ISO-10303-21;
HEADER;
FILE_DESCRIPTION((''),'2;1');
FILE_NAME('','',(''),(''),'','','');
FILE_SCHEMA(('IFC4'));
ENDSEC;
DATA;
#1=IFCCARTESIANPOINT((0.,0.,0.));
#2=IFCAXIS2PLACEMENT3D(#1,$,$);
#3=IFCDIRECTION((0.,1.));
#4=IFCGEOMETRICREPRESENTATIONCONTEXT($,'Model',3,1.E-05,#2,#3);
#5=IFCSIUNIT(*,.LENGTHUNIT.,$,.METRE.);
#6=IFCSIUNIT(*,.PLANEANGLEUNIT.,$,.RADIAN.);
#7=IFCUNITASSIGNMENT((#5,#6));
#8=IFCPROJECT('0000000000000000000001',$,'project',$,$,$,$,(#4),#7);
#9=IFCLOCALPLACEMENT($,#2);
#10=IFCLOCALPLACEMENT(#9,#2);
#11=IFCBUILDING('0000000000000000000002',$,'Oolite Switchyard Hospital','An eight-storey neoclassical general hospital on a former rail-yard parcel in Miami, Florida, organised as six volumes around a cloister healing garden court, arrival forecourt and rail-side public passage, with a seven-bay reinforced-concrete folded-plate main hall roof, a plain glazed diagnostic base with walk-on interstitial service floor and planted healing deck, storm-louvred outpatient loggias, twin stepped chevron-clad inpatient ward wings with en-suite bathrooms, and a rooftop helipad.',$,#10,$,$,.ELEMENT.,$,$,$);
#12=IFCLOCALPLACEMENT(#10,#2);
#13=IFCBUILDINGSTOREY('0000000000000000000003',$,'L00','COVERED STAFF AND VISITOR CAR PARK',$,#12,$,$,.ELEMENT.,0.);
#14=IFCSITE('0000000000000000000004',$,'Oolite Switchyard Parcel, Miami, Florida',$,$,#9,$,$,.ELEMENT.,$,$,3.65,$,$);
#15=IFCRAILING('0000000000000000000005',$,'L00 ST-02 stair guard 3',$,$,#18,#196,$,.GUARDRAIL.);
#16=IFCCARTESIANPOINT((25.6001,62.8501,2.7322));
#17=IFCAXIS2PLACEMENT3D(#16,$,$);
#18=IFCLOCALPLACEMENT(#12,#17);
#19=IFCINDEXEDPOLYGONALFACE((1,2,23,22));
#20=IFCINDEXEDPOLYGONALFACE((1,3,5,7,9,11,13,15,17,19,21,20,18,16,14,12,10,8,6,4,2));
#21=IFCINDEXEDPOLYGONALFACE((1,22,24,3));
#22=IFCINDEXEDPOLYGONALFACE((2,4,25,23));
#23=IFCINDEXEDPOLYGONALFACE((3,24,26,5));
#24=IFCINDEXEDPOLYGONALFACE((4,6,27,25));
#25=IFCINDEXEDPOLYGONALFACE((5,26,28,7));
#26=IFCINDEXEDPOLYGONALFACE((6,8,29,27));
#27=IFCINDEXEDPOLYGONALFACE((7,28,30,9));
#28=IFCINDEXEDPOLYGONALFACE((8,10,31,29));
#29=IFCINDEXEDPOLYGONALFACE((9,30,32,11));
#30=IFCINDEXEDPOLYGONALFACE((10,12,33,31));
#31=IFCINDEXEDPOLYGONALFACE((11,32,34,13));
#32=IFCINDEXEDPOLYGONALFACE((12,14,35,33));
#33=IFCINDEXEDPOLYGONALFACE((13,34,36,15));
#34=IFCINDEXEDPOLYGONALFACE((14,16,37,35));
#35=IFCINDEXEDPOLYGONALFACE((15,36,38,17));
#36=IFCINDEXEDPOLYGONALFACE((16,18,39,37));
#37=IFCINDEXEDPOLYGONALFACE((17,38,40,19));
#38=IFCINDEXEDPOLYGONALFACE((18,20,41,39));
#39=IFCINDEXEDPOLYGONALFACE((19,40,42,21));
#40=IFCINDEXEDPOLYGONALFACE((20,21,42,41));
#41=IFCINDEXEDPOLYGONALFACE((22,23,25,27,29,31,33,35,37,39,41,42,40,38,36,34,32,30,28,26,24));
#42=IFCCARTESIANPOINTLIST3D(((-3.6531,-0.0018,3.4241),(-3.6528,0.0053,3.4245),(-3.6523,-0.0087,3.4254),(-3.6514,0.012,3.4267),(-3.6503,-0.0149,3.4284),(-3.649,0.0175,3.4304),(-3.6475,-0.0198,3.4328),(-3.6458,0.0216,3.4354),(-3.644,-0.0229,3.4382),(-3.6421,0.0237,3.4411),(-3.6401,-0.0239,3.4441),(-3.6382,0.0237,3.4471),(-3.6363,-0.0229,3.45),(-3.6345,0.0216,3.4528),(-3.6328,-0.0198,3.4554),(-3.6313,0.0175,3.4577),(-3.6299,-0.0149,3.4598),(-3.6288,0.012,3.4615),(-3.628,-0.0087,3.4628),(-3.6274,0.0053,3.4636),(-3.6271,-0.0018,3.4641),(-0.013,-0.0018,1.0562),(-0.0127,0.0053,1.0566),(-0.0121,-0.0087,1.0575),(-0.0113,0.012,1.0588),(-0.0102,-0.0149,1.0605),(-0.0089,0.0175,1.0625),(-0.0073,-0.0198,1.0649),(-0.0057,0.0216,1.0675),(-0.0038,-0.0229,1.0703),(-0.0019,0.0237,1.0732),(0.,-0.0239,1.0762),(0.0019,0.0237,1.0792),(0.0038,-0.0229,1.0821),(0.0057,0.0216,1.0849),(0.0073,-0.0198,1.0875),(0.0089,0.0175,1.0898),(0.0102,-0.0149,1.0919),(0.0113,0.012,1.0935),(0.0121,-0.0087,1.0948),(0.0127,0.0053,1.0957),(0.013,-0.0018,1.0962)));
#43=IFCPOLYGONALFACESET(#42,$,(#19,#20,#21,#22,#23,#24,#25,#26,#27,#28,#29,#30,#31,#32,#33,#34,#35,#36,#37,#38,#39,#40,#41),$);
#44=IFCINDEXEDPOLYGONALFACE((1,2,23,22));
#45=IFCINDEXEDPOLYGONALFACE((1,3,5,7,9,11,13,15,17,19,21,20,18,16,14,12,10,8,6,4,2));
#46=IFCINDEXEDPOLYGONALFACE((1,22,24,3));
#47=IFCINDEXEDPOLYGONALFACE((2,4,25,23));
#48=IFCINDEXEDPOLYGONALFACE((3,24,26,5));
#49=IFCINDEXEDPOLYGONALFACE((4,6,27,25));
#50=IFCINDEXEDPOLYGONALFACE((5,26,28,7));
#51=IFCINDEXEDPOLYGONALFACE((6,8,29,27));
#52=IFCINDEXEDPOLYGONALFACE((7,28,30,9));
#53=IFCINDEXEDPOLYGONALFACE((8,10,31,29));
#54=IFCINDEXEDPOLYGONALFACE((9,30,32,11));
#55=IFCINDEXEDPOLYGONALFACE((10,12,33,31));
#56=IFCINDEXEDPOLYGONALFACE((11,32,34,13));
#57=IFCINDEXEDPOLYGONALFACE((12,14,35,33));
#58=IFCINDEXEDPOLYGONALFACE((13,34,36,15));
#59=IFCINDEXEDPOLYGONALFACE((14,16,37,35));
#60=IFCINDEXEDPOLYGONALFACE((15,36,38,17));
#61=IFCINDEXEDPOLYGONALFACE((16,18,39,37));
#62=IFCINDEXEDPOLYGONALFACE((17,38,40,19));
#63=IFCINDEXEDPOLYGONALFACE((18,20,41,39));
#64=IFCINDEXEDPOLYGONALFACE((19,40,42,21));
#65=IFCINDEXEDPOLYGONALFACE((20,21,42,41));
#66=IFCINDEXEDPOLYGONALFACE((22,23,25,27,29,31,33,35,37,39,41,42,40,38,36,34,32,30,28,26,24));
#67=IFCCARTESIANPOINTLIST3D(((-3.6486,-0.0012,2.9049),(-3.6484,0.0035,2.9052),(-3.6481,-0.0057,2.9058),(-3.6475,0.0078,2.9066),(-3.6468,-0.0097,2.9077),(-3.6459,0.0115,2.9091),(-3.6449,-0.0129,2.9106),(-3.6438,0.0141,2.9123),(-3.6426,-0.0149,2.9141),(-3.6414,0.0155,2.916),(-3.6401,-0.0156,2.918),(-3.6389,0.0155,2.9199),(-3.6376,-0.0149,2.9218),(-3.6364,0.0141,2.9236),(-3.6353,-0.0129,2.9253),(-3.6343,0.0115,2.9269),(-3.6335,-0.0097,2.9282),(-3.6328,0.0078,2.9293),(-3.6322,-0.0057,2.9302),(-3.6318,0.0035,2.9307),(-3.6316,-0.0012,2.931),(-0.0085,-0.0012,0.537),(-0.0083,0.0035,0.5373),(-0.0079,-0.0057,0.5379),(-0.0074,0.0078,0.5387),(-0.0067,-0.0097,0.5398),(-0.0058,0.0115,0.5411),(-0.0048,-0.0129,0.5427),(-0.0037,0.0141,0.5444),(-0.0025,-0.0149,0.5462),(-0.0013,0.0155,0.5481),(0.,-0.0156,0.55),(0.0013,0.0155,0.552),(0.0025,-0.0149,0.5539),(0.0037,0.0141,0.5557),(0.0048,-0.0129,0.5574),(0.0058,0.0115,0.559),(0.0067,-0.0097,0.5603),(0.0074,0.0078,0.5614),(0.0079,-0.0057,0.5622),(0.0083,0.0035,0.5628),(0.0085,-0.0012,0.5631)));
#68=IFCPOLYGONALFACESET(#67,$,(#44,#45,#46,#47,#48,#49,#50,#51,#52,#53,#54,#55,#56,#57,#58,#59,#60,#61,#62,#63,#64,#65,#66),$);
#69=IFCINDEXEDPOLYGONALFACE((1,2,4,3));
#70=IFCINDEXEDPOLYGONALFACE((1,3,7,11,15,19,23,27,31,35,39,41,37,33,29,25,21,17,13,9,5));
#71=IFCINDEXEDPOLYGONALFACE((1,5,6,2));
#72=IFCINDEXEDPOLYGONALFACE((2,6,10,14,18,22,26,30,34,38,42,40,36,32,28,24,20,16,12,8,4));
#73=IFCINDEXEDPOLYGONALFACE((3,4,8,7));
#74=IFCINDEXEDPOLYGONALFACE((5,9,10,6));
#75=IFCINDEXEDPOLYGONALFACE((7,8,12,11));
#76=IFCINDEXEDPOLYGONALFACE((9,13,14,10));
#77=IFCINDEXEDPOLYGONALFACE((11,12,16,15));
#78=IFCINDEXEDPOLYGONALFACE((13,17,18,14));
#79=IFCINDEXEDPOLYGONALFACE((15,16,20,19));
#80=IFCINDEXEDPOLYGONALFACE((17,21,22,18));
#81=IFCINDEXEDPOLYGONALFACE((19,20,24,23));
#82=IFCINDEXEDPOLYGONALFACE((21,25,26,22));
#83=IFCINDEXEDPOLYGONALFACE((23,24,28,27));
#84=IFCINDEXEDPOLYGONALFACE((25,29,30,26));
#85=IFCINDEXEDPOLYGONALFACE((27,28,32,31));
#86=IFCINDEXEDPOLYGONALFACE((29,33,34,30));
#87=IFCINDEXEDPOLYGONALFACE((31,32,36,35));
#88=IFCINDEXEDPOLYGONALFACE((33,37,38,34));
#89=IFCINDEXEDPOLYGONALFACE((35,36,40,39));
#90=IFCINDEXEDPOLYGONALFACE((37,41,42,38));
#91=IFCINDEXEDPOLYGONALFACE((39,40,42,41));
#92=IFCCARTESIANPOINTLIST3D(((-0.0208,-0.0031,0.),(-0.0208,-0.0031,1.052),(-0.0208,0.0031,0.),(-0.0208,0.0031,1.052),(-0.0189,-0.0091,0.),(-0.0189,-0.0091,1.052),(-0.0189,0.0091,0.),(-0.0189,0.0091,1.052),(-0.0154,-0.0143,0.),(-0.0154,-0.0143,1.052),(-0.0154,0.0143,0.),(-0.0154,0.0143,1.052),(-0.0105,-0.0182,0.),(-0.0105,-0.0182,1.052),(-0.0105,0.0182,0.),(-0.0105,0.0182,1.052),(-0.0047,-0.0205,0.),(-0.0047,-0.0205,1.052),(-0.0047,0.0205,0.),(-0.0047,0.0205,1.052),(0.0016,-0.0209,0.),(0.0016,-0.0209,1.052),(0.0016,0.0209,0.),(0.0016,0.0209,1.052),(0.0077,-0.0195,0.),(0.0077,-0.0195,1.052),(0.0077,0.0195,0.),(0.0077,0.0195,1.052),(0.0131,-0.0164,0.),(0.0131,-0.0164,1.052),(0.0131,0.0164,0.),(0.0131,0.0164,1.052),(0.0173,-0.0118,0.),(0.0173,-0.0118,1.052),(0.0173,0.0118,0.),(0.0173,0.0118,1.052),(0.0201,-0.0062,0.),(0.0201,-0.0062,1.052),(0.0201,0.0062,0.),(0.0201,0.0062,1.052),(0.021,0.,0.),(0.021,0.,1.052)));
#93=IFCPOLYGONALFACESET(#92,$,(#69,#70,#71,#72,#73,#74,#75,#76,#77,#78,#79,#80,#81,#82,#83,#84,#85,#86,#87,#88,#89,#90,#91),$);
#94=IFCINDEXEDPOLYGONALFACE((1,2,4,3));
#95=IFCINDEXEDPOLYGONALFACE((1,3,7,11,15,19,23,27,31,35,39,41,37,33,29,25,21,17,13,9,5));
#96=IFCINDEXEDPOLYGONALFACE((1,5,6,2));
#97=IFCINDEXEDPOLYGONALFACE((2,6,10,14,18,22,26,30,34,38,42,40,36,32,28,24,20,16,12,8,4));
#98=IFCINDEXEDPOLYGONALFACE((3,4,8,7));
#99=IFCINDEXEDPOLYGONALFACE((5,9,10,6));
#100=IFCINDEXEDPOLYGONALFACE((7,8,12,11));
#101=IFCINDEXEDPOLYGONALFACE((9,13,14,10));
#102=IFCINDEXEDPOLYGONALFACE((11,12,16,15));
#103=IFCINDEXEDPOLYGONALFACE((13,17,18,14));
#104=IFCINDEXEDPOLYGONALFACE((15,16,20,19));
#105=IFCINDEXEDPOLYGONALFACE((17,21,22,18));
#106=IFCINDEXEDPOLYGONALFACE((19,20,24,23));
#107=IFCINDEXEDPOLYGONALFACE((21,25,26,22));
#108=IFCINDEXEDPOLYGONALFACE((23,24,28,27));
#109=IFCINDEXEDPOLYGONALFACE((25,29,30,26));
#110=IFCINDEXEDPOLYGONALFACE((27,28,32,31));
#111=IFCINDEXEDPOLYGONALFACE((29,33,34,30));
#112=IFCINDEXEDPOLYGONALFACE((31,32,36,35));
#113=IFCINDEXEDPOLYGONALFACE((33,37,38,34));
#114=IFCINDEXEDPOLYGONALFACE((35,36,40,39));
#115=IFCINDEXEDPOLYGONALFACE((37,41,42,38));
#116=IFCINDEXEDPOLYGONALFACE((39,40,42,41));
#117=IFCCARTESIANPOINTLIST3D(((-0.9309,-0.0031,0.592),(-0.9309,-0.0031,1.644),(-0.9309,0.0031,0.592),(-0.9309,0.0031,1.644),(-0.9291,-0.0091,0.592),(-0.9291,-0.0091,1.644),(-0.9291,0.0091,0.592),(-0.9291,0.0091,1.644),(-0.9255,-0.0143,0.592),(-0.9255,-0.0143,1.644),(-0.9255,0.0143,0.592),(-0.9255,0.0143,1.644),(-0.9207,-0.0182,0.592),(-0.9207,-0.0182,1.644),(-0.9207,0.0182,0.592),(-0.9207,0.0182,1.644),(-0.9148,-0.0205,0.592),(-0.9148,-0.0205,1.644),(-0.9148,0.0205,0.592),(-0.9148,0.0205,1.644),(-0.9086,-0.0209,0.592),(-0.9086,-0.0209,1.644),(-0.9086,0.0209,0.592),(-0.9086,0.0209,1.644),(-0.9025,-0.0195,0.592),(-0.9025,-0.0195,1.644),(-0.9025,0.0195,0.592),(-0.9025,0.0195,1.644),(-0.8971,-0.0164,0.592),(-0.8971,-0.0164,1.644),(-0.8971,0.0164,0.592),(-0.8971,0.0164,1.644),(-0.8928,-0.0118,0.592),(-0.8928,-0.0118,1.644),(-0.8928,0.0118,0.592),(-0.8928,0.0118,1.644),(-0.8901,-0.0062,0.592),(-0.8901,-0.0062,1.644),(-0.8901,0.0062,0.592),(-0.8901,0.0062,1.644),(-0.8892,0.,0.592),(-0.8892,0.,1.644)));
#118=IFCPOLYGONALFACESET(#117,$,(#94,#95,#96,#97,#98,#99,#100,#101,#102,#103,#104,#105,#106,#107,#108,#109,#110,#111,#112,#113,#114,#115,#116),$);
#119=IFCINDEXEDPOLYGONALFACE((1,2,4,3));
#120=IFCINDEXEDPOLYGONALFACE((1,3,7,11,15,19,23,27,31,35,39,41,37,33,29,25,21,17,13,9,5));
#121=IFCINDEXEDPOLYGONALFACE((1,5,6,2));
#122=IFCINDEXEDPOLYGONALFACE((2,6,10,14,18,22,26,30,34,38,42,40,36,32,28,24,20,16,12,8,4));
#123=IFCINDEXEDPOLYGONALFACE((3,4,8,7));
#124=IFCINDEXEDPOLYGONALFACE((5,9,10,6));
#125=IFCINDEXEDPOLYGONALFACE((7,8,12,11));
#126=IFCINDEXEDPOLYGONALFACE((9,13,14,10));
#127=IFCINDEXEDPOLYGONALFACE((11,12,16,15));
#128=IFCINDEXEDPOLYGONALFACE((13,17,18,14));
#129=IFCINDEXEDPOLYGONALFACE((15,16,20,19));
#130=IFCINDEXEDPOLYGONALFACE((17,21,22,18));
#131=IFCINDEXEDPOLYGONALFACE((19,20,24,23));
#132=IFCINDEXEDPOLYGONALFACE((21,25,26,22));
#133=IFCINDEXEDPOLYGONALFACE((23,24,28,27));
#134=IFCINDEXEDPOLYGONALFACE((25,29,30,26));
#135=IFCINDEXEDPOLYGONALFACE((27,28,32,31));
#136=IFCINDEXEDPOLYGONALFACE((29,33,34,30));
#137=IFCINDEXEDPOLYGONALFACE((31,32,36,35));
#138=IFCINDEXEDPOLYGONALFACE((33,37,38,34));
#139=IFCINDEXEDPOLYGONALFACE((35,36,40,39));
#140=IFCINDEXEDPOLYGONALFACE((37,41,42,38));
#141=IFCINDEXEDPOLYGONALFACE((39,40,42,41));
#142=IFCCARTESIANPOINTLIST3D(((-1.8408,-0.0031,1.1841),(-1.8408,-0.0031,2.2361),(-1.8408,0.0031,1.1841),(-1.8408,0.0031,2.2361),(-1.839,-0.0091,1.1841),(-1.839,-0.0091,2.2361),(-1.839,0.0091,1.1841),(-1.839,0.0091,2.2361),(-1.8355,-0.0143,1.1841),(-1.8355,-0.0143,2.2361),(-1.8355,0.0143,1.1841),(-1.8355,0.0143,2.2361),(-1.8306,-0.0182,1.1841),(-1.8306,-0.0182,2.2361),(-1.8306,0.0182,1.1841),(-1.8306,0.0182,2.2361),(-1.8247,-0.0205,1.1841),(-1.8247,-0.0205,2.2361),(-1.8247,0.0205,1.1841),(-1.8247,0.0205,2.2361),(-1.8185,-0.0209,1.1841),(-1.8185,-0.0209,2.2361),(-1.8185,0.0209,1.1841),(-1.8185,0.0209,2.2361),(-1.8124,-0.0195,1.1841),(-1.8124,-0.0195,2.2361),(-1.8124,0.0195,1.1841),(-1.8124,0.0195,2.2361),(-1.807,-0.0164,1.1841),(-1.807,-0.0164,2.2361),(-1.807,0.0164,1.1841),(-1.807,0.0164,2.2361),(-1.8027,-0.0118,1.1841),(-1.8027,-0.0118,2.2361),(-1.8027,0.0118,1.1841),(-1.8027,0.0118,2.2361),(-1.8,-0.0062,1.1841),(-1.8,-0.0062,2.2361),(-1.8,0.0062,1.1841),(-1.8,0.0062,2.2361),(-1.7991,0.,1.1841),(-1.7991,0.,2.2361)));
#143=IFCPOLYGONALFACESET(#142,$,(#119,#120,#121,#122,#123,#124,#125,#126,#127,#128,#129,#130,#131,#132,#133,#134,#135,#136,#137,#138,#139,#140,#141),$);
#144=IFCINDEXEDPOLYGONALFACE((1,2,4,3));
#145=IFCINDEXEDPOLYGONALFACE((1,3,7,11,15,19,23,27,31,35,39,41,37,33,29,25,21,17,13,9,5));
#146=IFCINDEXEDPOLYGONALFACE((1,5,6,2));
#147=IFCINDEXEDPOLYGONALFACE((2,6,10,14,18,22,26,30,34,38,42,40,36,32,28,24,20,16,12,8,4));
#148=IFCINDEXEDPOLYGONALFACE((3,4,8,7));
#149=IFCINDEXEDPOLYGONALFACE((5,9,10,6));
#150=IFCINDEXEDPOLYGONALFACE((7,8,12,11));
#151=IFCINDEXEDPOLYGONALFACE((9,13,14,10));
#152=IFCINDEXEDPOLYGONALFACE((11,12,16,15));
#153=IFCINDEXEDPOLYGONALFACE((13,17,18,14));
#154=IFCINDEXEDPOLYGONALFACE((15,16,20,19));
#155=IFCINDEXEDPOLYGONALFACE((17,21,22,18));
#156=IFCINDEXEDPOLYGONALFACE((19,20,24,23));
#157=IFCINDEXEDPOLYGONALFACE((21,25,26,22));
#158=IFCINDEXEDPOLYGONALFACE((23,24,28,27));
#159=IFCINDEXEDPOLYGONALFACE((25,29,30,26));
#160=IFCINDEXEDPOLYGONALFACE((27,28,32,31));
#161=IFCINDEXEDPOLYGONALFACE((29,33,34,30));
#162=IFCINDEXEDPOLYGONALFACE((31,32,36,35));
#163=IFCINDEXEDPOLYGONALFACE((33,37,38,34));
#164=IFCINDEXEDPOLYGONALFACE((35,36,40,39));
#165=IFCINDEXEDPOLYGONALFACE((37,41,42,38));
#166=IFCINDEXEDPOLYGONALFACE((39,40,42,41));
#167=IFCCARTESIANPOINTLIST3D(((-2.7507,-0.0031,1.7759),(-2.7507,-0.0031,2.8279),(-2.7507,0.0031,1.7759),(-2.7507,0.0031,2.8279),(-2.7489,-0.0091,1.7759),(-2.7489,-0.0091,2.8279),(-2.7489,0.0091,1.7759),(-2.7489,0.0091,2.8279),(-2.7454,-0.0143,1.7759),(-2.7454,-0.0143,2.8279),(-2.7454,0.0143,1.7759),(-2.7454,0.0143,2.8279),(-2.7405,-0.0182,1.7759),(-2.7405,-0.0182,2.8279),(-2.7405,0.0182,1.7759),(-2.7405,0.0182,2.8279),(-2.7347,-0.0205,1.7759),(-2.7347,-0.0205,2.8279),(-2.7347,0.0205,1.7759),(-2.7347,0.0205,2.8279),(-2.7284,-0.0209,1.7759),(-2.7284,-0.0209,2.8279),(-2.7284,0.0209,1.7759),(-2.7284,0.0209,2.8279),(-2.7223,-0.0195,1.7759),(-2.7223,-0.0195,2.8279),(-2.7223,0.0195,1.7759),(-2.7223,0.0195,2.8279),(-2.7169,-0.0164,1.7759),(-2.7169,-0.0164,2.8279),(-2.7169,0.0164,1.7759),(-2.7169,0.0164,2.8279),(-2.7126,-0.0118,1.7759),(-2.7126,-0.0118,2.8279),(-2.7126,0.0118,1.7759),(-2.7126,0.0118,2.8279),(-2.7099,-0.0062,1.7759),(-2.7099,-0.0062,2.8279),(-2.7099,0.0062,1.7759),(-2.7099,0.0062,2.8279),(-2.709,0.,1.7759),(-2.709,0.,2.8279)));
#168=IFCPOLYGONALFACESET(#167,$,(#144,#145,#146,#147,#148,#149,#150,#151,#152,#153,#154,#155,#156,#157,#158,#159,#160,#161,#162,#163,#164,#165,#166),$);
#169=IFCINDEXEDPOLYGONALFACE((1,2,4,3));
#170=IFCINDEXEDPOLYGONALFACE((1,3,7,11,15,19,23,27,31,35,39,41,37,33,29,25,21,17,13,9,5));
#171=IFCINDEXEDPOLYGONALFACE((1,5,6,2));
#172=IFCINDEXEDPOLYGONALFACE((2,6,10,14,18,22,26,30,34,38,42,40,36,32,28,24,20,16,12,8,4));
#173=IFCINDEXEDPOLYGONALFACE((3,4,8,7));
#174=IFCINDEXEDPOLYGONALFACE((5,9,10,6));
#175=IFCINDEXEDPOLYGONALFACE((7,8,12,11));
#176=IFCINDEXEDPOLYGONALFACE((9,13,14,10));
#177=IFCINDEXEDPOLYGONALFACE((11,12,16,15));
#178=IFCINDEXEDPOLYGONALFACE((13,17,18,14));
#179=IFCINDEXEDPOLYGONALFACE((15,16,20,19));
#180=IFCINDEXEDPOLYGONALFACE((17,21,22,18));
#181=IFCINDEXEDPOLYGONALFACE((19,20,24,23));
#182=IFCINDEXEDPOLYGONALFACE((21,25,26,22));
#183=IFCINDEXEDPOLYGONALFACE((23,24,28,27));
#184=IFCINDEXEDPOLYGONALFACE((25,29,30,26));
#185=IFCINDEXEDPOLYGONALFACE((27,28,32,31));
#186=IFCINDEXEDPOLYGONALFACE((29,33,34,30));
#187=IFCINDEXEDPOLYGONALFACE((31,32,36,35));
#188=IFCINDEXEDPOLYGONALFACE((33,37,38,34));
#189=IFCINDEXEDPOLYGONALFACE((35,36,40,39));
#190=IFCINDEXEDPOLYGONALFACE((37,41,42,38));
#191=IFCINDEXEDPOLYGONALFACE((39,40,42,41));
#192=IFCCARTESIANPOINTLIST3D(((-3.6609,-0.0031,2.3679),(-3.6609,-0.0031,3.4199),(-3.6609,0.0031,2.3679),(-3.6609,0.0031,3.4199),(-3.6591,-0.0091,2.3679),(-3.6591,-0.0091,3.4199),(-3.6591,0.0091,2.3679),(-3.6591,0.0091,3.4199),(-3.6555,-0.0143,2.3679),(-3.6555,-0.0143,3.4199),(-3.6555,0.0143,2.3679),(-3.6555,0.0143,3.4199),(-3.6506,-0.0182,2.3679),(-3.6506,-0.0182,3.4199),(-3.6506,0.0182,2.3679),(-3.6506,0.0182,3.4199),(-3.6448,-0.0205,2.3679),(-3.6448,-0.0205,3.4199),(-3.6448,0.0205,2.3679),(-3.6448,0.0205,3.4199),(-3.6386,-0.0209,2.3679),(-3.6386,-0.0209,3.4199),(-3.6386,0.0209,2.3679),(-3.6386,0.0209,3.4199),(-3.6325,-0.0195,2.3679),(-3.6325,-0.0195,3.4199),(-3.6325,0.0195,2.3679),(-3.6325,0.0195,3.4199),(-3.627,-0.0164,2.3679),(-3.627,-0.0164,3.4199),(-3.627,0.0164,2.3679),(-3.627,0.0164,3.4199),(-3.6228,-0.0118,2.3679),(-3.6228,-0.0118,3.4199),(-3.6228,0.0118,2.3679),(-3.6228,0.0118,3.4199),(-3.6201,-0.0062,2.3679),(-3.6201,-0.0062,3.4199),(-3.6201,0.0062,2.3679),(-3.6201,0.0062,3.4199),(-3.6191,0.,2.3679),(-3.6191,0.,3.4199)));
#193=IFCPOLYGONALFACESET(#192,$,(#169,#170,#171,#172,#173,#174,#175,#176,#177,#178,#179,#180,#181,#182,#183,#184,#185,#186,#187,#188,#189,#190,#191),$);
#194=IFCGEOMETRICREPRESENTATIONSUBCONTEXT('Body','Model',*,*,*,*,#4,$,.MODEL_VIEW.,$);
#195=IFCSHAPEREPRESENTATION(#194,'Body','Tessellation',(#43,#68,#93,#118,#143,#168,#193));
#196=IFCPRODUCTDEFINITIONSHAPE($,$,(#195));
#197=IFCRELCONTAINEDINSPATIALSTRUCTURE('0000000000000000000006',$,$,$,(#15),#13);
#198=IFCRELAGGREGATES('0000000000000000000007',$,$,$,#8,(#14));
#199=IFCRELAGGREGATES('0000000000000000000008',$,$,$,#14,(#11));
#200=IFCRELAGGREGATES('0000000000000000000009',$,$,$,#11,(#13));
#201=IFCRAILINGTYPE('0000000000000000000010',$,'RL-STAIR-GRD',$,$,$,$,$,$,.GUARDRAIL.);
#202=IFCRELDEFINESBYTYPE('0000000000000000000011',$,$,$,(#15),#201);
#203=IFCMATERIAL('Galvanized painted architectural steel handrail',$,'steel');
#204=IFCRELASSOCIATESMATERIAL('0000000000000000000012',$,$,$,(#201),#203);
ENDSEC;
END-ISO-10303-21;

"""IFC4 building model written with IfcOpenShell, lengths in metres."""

from ifc_helpers import new_model, si_unit, direction, frame, origin, origin_2d, place, context, subcontext, project, spatial, circle, extrude, material, type_object, element, save


model = new_model("IFC4")

# Units and contexts
model_context = context("Model", 3, precision=1e-05, world=origin(), true_north=direction((0.0, 1.0)))
body_context = subcontext(model_context, "Body", "Model", "MODEL_VIEW")
ifc_project = project(units=[si_unit("LENGTHUNIT", "METRE"), si_unit("PLANEANGLEUNIT", "RADIAN")], contexts=[model_context])

# Site, building, storey
site_placement = place(None, origin())
site = spatial("IfcSite", under=ifc_project, at=site_placement, Name="Oolite Switchyard Parcel, Miami, Florida", CompositionType="ELEMENT", RefElevation=3.65)
building_placement = place(site_placement, origin())
building = spatial("IfcBuilding", under=site, at=building_placement, Name="Oolite Switchyard Hospital", Description="An eight-storey neoclassical general hospital on a former rail-yard parcel in Miami, Florida, organised as six volumes around a cloister healing garden court, arrival forecourt and rail-side public passage, with a seven-bay reinforced-concrete folded-plate main hall roof, a plain glazed diagnostic base with walk-on interstitial service floor and planted healing deck, storm-louvred outpatient loggias, twin stepped chevron-clad inpatient ward wings with en-suite bathrooms, and a rooftop helipad.", CompositionType="ELEMENT")
storey_placement = place(building_placement, origin())
storey = spatial("IfcBuildingStorey", under=building, at=storey_placement, Name="L00", Description="COVERED STAFF AND VISITOR CAR PARK", CompositionType="ELEMENT", Elevation=0.0)

# Railing
ifc_material_1 = material(Name="Galvanized painted architectural steel handrail", Category="steel")
railing_type_1 = type_object("IfcRailingType", Name="RL-STAIR-GRD", PredefinedType="GUARDRAIL", material=ifc_material_1)
railing_1_placement = place(storey_placement, frame((25.6001, 62.8501, 2.7322)))
element("IfcRailing", 1, at=railing_1_placement, inside=storey, type_object=railing_type_1, Name="L00 ST-02 stair guard 3", PredefinedType="GUARDRAIL", context=body_context, shape_type="SweptSolid", body=[
    extrude(circle(Radius=0.0239, at=origin_2d()), frame((0.0, 0.0, 1.0762), z_axis=(-0.838251, 0.0, 0.545285), x_axis=(0.0, -1.0, 0.0)), (0.0, 0.0, 1.0), 4.3425),
    extrude(circle(Radius=0.0156, at=origin_2d()), frame((0.0, 0.0, 0.55), z_axis=(-0.838251, 0.0, 0.545285), x_axis=(0.0, -1.0, 0.0)), (0.0, 0.0, 1.0), 4.3425),
    extrude(circle(Radius=0.021, at=origin_2d()), origin(), (0.0, 0.0, 1.0), 1.052),
    extrude(circle(Radius=0.021, at=origin_2d()), frame((-0.9102, 0.0, 0.592)), (0.0, 0.0, 1.0), 1.052),
    extrude(circle(Radius=0.021, at=origin_2d()), frame((-1.8201, 0.0, 1.1841)), (0.0, 0.0, 1.0), 1.052),
    extrude(circle(Radius=0.021, at=origin_2d()), frame((-2.73, 0.0, 1.7759)), (0.0, 0.0, 1.0), 1.052),
    extrude(circle(Radius=0.021, at=origin_2d()), frame((-3.6401, 0.0, 2.3679)), (0.0, 0.0, 1.0), 1.052),
])

save(model, "model.ifc")
